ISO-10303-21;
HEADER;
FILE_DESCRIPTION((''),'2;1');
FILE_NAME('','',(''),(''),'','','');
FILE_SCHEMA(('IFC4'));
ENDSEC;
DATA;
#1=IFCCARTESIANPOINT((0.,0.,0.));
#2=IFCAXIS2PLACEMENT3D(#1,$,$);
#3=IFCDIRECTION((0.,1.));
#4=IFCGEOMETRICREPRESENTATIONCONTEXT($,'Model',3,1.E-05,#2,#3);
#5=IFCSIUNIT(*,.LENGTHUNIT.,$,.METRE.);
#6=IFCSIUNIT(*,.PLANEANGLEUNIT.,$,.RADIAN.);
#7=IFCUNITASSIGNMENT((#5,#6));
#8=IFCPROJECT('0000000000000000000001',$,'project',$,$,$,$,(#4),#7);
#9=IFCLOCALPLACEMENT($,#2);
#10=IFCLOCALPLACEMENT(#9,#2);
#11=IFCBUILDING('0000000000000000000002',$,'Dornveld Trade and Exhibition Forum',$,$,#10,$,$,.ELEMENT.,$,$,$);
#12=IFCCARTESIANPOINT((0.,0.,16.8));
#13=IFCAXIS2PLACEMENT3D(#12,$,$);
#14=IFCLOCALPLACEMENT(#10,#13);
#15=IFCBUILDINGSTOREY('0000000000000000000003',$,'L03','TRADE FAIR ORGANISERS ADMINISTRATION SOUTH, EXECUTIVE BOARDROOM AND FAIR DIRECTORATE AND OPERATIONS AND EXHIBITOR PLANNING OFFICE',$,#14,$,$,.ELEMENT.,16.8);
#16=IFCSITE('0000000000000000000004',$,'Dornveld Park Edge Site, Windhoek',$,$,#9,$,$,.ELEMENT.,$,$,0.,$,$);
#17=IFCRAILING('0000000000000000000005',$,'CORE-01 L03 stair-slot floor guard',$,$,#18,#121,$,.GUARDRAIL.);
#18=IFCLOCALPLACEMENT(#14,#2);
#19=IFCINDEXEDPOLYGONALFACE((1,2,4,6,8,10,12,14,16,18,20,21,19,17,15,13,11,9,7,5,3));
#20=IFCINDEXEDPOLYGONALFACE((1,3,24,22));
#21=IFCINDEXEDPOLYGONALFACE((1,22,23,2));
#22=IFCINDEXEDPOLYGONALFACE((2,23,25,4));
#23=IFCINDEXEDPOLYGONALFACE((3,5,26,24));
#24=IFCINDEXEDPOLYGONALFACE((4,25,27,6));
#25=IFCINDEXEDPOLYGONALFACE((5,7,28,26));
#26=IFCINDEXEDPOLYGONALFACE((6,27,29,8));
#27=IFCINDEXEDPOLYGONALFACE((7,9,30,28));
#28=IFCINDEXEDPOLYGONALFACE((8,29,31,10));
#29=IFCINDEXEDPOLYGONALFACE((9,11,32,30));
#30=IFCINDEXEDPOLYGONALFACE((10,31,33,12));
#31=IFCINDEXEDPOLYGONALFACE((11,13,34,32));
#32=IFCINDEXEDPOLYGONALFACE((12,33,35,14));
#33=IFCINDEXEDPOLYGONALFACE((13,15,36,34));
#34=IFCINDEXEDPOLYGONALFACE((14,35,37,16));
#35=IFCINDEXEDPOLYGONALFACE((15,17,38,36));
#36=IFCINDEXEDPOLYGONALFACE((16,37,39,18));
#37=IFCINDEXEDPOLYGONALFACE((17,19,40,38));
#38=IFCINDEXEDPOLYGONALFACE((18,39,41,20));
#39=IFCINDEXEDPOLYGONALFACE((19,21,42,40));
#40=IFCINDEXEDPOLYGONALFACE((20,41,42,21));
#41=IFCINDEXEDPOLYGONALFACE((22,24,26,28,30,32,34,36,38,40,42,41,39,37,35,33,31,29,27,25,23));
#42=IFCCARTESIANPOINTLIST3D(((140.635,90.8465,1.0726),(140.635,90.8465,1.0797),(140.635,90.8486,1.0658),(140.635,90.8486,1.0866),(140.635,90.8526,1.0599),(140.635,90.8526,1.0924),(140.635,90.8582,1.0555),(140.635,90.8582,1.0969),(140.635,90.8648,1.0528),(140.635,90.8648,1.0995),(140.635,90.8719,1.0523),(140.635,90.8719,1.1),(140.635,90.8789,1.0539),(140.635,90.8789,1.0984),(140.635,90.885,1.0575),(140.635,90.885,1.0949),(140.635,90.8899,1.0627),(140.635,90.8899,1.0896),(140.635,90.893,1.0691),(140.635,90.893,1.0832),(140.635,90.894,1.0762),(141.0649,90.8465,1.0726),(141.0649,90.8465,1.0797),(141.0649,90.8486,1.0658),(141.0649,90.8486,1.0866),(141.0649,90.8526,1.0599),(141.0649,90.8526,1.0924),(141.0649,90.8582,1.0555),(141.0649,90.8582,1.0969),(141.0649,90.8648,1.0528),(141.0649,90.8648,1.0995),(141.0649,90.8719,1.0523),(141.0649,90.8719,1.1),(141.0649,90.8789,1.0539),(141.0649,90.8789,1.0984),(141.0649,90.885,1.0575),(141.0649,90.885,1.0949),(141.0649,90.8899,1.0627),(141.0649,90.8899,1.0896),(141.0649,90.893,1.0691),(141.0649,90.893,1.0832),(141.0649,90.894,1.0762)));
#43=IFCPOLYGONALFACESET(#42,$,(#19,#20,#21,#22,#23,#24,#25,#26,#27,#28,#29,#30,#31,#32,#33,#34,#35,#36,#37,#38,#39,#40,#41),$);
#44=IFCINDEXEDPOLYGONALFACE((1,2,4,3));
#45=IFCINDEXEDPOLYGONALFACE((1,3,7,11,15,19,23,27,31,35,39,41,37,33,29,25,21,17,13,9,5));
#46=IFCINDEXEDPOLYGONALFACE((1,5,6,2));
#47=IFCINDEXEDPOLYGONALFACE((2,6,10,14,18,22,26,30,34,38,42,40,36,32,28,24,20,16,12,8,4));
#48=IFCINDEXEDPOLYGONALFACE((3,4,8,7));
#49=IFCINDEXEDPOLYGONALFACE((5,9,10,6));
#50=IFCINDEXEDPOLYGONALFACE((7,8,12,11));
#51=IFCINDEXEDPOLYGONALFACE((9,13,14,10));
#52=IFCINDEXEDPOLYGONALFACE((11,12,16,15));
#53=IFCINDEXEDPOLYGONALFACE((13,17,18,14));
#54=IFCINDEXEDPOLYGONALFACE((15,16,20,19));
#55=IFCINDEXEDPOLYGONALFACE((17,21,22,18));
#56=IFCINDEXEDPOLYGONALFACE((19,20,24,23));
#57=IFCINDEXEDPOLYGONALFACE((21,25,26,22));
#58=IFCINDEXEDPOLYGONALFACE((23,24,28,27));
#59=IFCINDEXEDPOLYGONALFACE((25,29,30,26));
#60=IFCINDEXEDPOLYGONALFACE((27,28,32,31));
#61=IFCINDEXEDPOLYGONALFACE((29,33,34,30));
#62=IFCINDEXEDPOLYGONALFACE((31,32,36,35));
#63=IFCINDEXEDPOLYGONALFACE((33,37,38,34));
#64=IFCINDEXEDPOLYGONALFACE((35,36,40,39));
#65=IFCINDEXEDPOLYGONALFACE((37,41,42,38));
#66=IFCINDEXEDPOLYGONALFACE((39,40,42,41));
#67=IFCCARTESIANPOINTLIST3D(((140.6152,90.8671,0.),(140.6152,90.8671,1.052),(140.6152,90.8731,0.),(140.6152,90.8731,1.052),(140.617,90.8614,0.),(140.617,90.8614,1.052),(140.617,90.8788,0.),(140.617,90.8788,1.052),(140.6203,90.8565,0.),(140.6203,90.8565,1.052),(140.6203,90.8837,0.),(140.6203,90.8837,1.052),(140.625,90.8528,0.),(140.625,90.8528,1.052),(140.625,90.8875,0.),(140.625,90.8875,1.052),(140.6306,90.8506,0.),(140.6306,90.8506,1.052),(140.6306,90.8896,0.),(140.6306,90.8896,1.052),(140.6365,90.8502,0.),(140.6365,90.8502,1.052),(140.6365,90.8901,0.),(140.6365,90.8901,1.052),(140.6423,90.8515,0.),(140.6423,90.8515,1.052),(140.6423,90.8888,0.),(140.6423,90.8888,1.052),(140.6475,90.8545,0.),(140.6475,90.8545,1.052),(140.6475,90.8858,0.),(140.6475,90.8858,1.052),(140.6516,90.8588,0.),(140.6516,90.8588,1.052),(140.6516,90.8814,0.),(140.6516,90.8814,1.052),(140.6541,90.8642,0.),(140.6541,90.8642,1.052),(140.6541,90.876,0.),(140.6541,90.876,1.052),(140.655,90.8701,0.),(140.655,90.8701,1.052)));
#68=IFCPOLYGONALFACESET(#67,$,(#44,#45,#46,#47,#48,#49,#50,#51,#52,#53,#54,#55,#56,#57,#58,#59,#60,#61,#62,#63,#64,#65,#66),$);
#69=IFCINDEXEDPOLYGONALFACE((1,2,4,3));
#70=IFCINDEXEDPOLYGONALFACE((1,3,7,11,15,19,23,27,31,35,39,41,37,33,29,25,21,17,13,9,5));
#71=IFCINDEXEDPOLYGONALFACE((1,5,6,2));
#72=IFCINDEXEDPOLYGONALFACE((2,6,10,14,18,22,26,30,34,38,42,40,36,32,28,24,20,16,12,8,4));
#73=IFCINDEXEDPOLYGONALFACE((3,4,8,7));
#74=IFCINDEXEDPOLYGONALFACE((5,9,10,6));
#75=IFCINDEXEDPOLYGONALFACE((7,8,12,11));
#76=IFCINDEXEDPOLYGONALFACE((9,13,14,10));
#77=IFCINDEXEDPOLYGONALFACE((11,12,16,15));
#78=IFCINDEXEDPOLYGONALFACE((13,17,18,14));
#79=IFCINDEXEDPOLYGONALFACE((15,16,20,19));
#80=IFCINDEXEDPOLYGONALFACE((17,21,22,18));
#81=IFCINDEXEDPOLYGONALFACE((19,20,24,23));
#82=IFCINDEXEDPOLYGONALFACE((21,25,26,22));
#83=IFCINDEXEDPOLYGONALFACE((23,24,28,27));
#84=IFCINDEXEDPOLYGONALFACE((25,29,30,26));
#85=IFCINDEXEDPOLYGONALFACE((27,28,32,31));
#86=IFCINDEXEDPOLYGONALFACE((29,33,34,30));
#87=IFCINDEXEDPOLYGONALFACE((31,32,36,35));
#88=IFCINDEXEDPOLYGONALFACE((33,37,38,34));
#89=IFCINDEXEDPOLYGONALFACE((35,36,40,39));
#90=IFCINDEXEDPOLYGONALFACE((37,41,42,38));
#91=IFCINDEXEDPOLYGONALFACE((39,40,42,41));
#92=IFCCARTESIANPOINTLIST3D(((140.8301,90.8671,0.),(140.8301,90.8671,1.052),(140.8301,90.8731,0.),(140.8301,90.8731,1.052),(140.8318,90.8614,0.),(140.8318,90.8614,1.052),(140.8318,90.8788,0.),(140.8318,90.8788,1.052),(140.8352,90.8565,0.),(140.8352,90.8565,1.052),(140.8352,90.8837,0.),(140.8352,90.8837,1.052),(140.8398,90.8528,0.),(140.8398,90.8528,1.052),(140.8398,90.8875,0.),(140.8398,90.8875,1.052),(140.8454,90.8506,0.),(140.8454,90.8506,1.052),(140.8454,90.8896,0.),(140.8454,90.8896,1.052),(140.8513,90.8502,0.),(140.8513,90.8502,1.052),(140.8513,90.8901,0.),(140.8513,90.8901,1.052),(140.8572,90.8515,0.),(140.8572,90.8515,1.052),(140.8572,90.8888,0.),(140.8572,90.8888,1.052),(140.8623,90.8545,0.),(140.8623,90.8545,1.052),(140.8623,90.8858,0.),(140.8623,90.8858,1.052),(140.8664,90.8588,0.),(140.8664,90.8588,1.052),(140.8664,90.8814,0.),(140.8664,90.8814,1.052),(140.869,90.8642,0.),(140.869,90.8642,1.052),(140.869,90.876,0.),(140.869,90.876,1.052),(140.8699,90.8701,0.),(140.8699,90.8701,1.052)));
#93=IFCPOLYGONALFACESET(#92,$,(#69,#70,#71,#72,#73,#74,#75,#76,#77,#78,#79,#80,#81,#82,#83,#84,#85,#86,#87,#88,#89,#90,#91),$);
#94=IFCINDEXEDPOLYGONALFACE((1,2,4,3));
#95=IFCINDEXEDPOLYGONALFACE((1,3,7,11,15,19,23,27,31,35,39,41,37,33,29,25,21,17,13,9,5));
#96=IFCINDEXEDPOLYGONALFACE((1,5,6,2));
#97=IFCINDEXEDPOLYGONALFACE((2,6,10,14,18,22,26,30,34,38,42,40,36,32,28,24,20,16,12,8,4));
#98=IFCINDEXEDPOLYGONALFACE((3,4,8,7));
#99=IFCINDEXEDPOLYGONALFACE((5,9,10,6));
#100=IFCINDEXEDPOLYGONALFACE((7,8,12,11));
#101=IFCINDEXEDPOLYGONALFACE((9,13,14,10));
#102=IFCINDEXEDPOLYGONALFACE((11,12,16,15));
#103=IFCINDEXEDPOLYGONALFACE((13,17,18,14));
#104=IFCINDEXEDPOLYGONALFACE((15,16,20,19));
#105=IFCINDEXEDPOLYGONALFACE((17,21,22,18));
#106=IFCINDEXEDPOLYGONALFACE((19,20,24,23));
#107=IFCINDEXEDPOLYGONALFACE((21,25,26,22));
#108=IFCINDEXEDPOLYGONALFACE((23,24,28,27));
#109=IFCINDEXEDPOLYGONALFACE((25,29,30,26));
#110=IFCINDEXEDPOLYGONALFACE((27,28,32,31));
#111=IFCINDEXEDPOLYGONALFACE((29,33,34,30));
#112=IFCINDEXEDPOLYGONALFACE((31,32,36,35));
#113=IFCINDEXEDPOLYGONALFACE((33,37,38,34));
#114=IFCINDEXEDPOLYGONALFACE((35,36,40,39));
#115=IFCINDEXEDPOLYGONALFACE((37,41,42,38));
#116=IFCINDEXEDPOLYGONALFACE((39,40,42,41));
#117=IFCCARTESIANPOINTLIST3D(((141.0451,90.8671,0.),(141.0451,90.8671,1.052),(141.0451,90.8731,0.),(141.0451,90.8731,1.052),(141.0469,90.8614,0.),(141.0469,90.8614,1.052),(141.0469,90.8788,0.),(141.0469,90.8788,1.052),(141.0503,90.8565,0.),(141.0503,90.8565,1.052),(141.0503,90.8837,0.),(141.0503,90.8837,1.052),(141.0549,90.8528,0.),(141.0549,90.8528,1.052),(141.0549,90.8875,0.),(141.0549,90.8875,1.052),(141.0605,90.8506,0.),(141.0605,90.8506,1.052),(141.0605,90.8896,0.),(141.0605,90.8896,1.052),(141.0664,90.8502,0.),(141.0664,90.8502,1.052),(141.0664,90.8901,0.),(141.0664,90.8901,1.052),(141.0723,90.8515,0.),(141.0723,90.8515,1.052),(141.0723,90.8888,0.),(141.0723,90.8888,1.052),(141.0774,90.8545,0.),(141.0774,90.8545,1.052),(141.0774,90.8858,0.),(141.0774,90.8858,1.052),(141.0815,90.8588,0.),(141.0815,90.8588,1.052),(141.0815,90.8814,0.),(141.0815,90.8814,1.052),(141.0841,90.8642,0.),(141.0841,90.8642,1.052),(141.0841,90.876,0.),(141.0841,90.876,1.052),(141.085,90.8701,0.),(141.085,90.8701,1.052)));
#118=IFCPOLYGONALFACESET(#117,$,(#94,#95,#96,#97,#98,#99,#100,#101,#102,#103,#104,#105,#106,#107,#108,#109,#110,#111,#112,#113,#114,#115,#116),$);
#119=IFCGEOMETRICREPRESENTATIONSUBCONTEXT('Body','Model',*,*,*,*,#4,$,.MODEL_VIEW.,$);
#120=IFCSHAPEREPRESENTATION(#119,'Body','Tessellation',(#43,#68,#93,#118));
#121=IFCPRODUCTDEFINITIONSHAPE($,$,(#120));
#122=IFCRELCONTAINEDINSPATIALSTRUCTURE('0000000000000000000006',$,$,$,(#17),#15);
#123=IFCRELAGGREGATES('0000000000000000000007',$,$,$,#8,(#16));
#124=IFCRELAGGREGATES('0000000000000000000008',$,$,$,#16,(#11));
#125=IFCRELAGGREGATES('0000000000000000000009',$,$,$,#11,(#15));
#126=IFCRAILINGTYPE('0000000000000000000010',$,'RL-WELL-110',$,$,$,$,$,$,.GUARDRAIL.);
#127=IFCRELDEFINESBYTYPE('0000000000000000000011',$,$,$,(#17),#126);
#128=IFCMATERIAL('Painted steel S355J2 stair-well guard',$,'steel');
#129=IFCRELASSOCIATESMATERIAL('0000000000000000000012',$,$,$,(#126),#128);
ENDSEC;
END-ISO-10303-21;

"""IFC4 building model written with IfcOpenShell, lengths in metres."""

from ifc_helpers import new_model, si_unit, direction, frame, origin, origin_2d, place, context, subcontext, project, spatial, circle, extrude, material, type_object, element, save


model = new_model("IFC4")

# Units and contexts
model_context = context("Model", 3, precision=1e-05, world=origin(), true_north=direction((0.0, 1.0)))
body_context = subcontext(model_context, "Body", "Model", "MODEL_VIEW")
ifc_project = project(units=[si_unit("LENGTHUNIT", "METRE"), si_unit("PLANEANGLEUNIT", "RADIAN")], contexts=[model_context])

# Site, building, storey
site_placement = place(None, origin())
site = spatial("IfcSite", under=ifc_project, at=site_placement, Name="Dornveld Park Edge Site, Windhoek", CompositionType="ELEMENT", RefElevation=0.0)
building_placement = place(site_placement, origin())
building = spatial("IfcBuilding", under=site, at=building_placement, Name="Dornveld Trade and Exhibition Forum", CompositionType="ELEMENT")
storey_placement = place(building_placement, frame((0.0, 0.0, 16.8)))
storey = spatial("IfcBuildingStorey", under=building, at=storey_placement, Name="L03", Description="TRADE FAIR ORGANISERS ADMINISTRATION SOUTH, EXECUTIVE BOARDROOM AND FAIR DIRECTORATE AND OPERATIONS AND EXHIBITOR PLANNING OFFICE", CompositionType="ELEMENT", Elevation=16.8)

# Railing
ifc_material_1 = material(Name="Painted steel S355J2 stair-well guard", Category="steel")
railing_type_1 = type_object("IfcRailingType", Name="RL-WELL-110", PredefinedType="GUARDRAIL", material=ifc_material_1)
railing_1_placement = place(storey_placement, frame((140.635, 90.8701, 0.0)))
element("IfcRailing", 1, at=railing_1_placement, inside=storey, type_object=railing_type_1, Name="CORE-01 L03 stair-slot floor guard", PredefinedType="GUARDRAIL", context=body_context, shape_type="SweptSolid", body=[
    extrude(circle(Radius=0.0239, at=origin_2d()), frame((0.0, 0.0, 1.0762), z_axis=(1.0, 0.0, 0.0), x_axis=(0.0, 1.0, 0.0)), (0.0, 0.0, 1.0), 0.4299),
    extrude(circle(Radius=0.02, at=origin_2d()), origin(), (0.0, 0.0, 1.0), 1.052),
    extrude(circle(Radius=0.02, at=origin_2d()), frame((0.2148, 0.0, 0.0)), (0.0, 0.0, 1.0), 1.052),
    extrude(circle(Radius=0.02, at=origin_2d()), frame((0.4299, 0.0, 0.0)), (0.0, 0.0, 1.0), 1.052),
])

save(model, "model.ifc")
